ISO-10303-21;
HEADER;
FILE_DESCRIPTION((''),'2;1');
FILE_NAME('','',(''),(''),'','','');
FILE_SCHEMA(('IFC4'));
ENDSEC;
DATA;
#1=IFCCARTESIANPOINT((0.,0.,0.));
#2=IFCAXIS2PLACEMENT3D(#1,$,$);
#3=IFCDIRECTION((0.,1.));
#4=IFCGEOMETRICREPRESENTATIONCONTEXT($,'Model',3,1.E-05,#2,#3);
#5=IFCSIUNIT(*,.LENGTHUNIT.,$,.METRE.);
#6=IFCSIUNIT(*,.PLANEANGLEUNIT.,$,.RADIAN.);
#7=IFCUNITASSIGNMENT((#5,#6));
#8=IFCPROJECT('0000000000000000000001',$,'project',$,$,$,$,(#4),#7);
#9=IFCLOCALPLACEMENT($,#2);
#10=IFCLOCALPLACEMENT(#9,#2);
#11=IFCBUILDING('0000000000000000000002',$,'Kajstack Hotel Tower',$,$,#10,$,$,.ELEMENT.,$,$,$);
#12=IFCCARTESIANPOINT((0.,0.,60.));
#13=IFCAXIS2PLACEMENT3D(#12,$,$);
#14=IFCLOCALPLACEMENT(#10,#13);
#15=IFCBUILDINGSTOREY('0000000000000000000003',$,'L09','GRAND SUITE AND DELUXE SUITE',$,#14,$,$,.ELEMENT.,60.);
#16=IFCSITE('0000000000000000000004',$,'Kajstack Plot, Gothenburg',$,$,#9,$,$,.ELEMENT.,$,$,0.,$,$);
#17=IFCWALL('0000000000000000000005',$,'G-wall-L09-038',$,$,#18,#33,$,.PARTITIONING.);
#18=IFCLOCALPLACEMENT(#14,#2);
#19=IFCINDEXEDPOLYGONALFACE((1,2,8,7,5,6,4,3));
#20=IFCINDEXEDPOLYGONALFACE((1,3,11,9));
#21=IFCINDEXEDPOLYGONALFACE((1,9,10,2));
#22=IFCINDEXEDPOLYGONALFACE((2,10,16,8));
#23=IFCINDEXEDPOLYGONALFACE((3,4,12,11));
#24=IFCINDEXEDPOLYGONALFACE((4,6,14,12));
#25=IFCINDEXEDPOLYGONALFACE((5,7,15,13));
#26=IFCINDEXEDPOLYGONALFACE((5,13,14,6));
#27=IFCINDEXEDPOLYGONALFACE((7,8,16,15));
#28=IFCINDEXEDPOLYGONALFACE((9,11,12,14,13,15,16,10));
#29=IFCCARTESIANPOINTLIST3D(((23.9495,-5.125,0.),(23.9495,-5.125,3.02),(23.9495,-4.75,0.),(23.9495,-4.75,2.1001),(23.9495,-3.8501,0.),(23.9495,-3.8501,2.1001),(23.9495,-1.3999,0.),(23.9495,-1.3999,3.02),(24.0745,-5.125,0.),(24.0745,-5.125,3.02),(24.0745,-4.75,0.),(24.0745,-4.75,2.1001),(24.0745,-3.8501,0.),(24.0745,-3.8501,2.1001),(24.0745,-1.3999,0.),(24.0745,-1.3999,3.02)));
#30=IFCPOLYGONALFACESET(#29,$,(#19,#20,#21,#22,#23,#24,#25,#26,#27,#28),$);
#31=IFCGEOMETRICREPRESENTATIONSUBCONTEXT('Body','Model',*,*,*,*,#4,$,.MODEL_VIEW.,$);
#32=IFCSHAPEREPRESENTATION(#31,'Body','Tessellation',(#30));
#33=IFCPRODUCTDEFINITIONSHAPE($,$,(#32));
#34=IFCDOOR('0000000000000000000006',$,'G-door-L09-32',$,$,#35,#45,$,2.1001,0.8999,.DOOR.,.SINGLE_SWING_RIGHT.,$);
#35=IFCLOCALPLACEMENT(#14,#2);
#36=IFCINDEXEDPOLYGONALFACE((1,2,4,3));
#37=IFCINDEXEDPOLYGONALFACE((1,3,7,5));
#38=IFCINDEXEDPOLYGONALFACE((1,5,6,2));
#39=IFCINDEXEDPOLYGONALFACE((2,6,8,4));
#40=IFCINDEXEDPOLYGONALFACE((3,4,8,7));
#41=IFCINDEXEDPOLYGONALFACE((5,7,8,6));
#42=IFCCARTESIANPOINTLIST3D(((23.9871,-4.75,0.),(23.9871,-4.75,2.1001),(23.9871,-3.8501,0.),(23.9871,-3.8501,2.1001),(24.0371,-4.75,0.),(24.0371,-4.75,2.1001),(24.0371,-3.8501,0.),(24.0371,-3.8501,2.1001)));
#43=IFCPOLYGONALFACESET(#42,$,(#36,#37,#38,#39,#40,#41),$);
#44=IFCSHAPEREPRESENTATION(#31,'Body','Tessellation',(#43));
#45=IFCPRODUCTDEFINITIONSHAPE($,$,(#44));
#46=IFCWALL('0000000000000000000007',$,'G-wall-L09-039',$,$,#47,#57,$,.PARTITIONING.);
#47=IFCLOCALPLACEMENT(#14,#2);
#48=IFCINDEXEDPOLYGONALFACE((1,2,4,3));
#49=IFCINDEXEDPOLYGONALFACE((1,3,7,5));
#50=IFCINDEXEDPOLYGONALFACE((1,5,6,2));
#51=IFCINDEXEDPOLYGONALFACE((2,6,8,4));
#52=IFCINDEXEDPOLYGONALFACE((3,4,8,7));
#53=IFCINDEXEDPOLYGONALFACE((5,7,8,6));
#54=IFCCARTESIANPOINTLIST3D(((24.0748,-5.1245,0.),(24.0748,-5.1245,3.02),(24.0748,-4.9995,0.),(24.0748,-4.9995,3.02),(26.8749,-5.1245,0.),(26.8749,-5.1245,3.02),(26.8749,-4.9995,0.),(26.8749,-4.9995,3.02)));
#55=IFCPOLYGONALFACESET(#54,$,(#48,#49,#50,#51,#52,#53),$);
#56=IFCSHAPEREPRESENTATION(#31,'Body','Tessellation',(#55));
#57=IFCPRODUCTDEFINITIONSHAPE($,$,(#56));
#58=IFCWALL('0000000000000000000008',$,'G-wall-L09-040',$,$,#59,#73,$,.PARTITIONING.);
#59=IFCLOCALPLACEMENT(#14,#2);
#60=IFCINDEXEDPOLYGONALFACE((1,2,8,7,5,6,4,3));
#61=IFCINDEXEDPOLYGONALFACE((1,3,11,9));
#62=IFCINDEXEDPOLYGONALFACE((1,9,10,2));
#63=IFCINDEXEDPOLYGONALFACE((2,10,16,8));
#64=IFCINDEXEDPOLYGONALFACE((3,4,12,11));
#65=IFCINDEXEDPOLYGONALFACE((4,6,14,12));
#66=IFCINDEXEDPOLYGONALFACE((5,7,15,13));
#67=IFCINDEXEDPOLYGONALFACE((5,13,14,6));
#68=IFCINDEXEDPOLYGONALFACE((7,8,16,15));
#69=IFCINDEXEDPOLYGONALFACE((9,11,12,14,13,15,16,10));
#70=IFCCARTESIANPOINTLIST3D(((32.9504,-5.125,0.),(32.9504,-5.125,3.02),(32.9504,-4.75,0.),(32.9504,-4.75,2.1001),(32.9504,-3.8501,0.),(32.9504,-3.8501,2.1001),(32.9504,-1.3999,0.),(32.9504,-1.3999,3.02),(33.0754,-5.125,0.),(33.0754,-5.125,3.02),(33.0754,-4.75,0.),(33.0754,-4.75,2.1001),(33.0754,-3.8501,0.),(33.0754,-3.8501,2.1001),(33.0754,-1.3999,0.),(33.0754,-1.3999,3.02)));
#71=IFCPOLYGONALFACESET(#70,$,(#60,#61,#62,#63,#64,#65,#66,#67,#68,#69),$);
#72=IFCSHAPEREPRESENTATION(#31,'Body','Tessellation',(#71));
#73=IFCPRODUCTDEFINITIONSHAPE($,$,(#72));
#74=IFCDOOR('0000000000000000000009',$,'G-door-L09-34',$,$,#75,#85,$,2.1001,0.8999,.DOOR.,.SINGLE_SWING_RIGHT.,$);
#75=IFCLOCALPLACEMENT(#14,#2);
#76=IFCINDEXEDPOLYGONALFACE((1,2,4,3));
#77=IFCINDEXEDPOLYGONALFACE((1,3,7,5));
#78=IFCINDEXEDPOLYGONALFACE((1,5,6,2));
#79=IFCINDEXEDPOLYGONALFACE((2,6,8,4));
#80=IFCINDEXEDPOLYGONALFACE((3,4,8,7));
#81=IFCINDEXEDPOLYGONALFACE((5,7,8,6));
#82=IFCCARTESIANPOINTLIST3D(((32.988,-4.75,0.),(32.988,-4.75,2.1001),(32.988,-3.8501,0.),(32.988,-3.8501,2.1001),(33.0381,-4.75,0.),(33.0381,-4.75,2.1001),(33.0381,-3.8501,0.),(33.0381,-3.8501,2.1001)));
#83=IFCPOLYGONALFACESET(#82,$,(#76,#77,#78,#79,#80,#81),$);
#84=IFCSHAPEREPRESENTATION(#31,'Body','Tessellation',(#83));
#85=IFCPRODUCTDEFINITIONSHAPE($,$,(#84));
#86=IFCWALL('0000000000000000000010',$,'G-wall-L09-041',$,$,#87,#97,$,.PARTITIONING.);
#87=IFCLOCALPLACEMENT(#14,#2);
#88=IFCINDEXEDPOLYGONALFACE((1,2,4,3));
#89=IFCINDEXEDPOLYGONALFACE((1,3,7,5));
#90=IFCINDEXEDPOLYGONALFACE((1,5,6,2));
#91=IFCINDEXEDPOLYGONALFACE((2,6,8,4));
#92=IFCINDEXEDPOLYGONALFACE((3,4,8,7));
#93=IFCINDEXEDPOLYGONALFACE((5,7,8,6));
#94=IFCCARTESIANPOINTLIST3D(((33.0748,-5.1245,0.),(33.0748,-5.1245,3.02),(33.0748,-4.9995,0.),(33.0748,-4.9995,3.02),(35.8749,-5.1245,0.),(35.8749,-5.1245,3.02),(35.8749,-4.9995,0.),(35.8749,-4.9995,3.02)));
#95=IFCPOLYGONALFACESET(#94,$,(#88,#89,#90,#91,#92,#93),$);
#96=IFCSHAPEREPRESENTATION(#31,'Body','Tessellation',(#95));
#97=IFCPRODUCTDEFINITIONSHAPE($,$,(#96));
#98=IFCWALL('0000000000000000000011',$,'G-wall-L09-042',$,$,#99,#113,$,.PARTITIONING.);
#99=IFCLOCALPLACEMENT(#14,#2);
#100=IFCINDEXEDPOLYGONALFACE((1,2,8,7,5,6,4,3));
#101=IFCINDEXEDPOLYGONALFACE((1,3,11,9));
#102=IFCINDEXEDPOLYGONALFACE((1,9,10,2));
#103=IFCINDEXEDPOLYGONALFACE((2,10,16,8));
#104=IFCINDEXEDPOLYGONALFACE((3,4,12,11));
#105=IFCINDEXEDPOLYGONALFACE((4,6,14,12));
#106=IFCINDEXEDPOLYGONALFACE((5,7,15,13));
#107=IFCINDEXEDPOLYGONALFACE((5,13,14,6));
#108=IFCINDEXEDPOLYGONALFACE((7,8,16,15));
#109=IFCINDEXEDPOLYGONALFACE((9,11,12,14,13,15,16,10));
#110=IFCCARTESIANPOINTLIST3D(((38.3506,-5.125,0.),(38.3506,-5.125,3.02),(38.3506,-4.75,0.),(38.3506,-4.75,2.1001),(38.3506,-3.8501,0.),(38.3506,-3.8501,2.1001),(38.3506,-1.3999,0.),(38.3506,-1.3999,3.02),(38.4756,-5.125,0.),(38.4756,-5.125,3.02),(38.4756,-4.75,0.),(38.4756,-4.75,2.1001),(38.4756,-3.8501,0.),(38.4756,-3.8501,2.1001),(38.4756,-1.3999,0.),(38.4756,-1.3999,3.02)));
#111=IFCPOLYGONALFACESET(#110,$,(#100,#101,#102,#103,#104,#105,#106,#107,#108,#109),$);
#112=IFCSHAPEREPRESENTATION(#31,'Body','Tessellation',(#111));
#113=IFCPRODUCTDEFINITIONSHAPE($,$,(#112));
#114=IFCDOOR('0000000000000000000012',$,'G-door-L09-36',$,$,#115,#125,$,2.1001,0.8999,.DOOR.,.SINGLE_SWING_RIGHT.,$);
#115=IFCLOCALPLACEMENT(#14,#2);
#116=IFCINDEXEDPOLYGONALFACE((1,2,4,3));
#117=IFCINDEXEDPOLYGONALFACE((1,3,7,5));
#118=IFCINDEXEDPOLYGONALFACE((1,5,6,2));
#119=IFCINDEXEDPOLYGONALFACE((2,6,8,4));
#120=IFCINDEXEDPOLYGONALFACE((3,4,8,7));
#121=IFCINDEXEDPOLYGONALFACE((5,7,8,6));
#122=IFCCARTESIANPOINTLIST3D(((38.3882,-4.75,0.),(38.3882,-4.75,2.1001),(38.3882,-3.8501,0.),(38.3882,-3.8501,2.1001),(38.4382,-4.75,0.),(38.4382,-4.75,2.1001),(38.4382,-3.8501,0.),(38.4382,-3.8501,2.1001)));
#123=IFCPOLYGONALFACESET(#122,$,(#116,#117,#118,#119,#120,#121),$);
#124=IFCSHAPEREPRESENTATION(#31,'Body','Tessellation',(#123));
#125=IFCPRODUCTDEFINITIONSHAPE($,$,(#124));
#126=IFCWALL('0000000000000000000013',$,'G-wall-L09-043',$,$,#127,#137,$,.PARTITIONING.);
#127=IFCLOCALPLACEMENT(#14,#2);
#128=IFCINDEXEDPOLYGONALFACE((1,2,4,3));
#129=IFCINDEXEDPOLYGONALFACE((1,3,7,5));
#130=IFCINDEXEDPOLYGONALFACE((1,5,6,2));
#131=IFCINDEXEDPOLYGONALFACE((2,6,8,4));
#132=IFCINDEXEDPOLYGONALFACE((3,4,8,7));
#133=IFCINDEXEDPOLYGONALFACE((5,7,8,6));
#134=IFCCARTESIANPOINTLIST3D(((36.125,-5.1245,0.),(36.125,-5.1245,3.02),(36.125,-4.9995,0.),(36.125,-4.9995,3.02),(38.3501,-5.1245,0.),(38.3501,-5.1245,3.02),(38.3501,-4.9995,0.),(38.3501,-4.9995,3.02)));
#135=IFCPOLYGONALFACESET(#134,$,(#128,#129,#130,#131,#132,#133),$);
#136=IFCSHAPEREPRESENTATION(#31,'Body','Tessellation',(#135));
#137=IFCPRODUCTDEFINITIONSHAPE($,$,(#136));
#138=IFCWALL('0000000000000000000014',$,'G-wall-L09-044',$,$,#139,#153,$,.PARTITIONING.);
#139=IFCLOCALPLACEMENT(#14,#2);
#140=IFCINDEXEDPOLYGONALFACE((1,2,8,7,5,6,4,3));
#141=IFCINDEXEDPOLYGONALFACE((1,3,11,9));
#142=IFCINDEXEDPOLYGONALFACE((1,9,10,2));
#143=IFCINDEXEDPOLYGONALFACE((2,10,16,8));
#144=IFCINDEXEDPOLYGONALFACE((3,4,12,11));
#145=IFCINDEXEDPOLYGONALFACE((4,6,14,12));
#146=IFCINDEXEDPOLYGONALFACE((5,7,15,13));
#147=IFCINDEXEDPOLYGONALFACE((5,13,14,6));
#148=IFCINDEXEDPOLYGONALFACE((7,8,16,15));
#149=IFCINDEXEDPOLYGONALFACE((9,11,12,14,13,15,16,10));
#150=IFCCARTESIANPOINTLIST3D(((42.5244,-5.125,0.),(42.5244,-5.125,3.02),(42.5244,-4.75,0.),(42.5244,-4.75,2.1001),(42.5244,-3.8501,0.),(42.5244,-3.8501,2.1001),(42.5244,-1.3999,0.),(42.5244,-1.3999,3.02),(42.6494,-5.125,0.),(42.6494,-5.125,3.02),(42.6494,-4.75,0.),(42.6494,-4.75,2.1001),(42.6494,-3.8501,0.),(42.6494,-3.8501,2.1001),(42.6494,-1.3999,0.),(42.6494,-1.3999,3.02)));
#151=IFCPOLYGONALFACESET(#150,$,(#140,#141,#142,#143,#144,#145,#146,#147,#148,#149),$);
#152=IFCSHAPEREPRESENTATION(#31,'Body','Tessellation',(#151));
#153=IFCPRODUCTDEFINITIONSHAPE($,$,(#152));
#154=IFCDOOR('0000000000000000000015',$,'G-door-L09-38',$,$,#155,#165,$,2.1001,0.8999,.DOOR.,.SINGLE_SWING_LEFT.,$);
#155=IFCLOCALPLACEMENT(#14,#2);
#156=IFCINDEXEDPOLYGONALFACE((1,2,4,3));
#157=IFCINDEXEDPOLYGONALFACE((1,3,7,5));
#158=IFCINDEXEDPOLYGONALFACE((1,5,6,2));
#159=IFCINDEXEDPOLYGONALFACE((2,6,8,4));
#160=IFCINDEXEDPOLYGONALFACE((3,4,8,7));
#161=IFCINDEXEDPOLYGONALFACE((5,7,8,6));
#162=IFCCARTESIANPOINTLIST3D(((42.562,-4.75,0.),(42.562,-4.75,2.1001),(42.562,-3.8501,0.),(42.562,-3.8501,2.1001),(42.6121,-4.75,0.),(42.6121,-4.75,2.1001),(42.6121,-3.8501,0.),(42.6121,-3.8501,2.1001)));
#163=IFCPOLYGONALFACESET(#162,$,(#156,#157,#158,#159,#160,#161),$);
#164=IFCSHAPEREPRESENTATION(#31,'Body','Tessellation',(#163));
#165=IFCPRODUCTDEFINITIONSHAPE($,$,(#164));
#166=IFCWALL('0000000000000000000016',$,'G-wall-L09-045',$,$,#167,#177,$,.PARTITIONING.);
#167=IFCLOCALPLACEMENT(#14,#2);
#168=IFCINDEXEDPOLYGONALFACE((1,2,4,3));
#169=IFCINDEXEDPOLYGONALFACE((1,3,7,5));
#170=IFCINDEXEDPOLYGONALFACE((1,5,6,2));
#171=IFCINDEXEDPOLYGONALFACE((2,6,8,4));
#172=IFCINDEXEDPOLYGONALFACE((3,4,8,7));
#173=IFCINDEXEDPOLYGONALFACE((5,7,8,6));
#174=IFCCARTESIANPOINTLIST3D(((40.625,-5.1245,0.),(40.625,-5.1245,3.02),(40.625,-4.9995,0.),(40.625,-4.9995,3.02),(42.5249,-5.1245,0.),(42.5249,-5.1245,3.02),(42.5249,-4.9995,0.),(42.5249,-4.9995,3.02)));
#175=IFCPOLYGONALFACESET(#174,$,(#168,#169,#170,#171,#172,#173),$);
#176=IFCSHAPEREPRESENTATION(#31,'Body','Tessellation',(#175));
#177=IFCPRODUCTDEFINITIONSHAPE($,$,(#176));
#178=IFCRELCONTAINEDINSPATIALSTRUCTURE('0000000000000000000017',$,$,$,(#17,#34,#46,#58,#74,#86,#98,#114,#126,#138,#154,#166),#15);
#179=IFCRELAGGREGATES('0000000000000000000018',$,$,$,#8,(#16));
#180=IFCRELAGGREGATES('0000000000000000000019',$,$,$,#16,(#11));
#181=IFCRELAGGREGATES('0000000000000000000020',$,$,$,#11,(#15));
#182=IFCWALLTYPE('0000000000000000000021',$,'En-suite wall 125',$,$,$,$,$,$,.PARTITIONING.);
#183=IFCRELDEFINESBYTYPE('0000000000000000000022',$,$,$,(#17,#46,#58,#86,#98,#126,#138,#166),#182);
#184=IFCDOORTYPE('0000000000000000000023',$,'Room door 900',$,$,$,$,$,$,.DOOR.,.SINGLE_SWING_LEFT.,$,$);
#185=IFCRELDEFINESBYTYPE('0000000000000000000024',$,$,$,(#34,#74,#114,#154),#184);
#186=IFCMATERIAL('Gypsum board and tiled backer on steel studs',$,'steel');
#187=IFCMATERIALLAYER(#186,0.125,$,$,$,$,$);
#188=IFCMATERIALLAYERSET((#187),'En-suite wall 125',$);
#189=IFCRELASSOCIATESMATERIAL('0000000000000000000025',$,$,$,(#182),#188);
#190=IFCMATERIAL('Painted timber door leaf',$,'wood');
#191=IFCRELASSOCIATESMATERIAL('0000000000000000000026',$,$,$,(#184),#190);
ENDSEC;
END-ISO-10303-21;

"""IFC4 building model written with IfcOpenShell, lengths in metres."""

from ifc_helpers import new_model, si_unit, direction, frame, frame_2d, origin, place, context, subcontext, project, spatial, rectangle, extrude, material, layer, layer_set, type_object, element, fill, save


model = new_model("IFC4")

# Units and contexts
model_context = context("Model", 3, precision=1e-05, world=origin(), true_north=direction((0.0, 1.0)))
body_context = subcontext(model_context, "Body", "Model", "MODEL_VIEW")
ifc_project = project(units=[si_unit("LENGTHUNIT", "METRE"), si_unit("PLANEANGLEUNIT", "RADIAN")], contexts=[model_context])

# Site, building, storey
site_placement = place(None, origin())
site = spatial("IfcSite", under=ifc_project, at=site_placement, Name="Kajstack Plot, Gothenburg", CompositionType="ELEMENT", RefElevation=0.0)
building_placement = place(site_placement, origin())
building = spatial("IfcBuilding", under=site, at=building_placement, Name="Kajstack Hotel Tower", CompositionType="ELEMENT")
storey_placement = place(building_placement, frame((0.0, 0.0, 60.0)))
storey = spatial("IfcBuildingStorey", under=building, at=storey_placement, Name="L09", Description="GRAND SUITE AND DELUXE SUITE", CompositionType="ELEMENT", Elevation=60.0)

# Wall, opening, door
ifc_material_1 = material(Name="Gypsum board and tiled backer on steel studs", Category="steel")
ifc_layer_1 = layer(ifc_material_1, 0.125)
ifc_layer_set_1 = layer_set([ifc_layer_1], Name="En-suite wall 125")
wall_type_1 = type_object("IfcWallType", Name="En-suite wall 125", PredefinedType="PARTITIONING", material=ifc_layer_set_1)
wall_1_placement = place(storey_placement, frame((24.012, -5.125, 0.0), z_axis=(0.0, 0.0, 1.0), x_axis=(0.0, 1.0, 0.0)))
wall_1 = element("IfcWall", 1, at=wall_1_placement, inside=storey, type_object=wall_type_1, Name="G-wall-L09-038", PredefinedType="PARTITIONING", context=body_context, shape_type="SweptSolid", body=[
    extrude(rectangle(XDim=3.7251, YDim=0.125, at=frame_2d((1.8625, 0.0))), origin(), (0.0, 0.0, 1.0), 3.02),
])
opening_1_placement = place(wall_1_placement, frame((0.375, 0.0, 0.0)))
opening_1 = element("IfcOpeningElement", 2, at=opening_1_placement, cuts=wall_1, PredefinedType="OPENING", context=body_context, shape_type="SweptSolid", body=[
    extrude(rectangle(XDim=0.8999, YDim=2.1001, at=frame_2d((0.45, 1.05))), frame((0.0, 0.0725, 0.0), z_axis=(0.0, -1.0, 0.0), x_axis=(1.0, 0.0, 0.0)), (0.0, 0.0, 1.0), 0.145),
])
ifc_material_2 = material(Name="Painted timber door leaf", Category="wood")
door_type_1 = type_object("IfcDoorType", Name="Room door 900", OperationType="SINGLE_SWING_LEFT", PredefinedType="DOOR", material=ifc_material_2)
door_1_placement = place(opening_1_placement, origin())
door_1 = element("IfcDoor", 3, at=door_1_placement, inside=storey, type_object=door_type_1, Name="G-door-L09-32", OperationType="SINGLE_SWING_RIGHT", OverallHeight=2.1001, OverallWidth=0.8999, PredefinedType="DOOR", context=body_context, shape_type="SweptSolid", body=[
    extrude(rectangle(XDim=0.8999, YDim=2.1001, at=frame_2d((0.45, 1.05))), frame((0.0, 0.0249, 0.0), z_axis=(0.0, -1.0, 0.0), x_axis=(1.0, 0.0, 0.0)), (0.0, 0.0, 1.0), 0.05),
])
fill(opening_1, door_1)

# Wall
wall_2_placement = place(storey_placement, frame((24.075, -5.062, 0.0), z_axis=(0.0, 0.0, 1.0), x_axis=(1.0, 0.0, 0.0)))
element("IfcWall", 4, at=wall_2_placement, inside=storey, type_object=wall_type_1, Name="G-wall-L09-039", PredefinedType="PARTITIONING", context=body_context, shape_type="SweptSolid", body=[
    extrude(rectangle(XDim=2.8, YDim=0.125, at=frame_2d((1.3999, 0.0))), origin(), (0.0, 0.0, 1.0), 3.02),
])

# Wall, opening, door
wall_3_placement = place(storey_placement, frame((33.0129, -5.125, 0.0), z_axis=(0.0, 0.0, 1.0), x_axis=(0.0, 1.0, 0.0)))
wall_3 = element("IfcWall", 5, at=wall_3_placement, inside=storey, type_object=wall_type_1, Name="G-wall-L09-040", PredefinedType="PARTITIONING", context=body_context, shape_type="SweptSolid", body=[
    extrude(rectangle(XDim=3.7251, YDim=0.125, at=frame_2d((1.8625, 0.0))), origin(), (0.0, 0.0, 1.0), 3.02),
])
opening_2_placement = place(wall_3_placement, frame((0.375, 0.0, 0.0)))
opening_2 = element("IfcOpeningElement", 6, at=opening_2_placement, cuts=wall_3, PredefinedType="OPENING", context=body_context, shape_type="SweptSolid", body=[
    extrude(rectangle(XDim=0.8999, YDim=2.1001, at=frame_2d((0.45, 1.05))), frame((0.0, 0.0725, 0.0), z_axis=(0.0, -1.0, 0.0), x_axis=(1.0, 0.0, 0.0)), (0.0, 0.0, 1.0), 0.145),
])
door_2_placement = place(opening_2_placement, origin())
door_2 = element("IfcDoor", 7, at=door_2_placement, inside=storey, type_object=door_type_1, Name="G-door-L09-34", OperationType="SINGLE_SWING_RIGHT", OverallHeight=2.1001, OverallWidth=0.8999, PredefinedType="DOOR", context=body_context, shape_type="SweptSolid", body=[
    extrude(rectangle(XDim=0.8999, YDim=2.1001, at=frame_2d((0.45, 1.05))), frame((0.0, 0.0249, 0.0), z_axis=(0.0, -1.0, 0.0), x_axis=(1.0, 0.0, 0.0)), (0.0, 0.0, 1.0), 0.05),
])
fill(opening_2, door_2)

# Wall
wall_4_placement = place(storey_placement, frame((33.075, -5.062, 0.0), z_axis=(0.0, 0.0, 1.0), x_axis=(1.0, 0.0, 0.0)))
element("IfcWall", 8, at=wall_4_placement, inside=storey, type_object=wall_type_1, Name="G-wall-L09-041", PredefinedType="PARTITIONING", context=body_context, shape_type="SweptSolid", body=[
    extrude(rectangle(XDim=2.8, YDim=0.125, at=frame_2d((1.3999, 0.0))), origin(), (0.0, 0.0, 1.0), 3.02),
])

# Wall, opening, door
wall_5_placement = place(storey_placement, frame((38.4131, -5.125, 0.0), z_axis=(0.0, 0.0, 1.0), x_axis=(0.0, 1.0, 0.0)))
wall_5 = element("IfcWall", 9, at=wall_5_placement, inside=storey, type_object=wall_type_1, Name="G-wall-L09-042", PredefinedType="PARTITIONING", context=body_context, shape_type="SweptSolid", body=[
    extrude(rectangle(XDim=3.7251, YDim=0.125, at=frame_2d((1.8625, 0.0))), origin(), (0.0, 0.0, 1.0), 3.02),
])
opening_3_placement = place(wall_5_placement, frame((0.375, 0.0, 0.0)))
opening_3 = element("IfcOpeningElement", 10, at=opening_3_placement, cuts=wall_5, PredefinedType="OPENING", context=body_context, shape_type="SweptSolid", body=[
    extrude(rectangle(XDim=0.8999, YDim=2.1001, at=frame_2d((0.45, 1.05))), frame((0.0, 0.0725, 0.0), z_axis=(0.0, -1.0, 0.0), x_axis=(1.0, 0.0, 0.0)), (0.0, 0.0, 1.0), 0.145),
])
door_3_placement = place(opening_3_placement, origin())
door_3 = element("IfcDoor", 11, at=door_3_placement, inside=storey, type_object=door_type_1, Name="G-door-L09-36", OperationType="SINGLE_SWING_RIGHT", OverallHeight=2.1001, OverallWidth=0.8999, PredefinedType="DOOR", context=body_context, shape_type="SweptSolid", body=[
    extrude(rectangle(XDim=0.8999, YDim=2.1001, at=frame_2d((0.45, 1.05))), frame((0.0, 0.0249, 0.0), z_axis=(0.0, -1.0, 0.0), x_axis=(1.0, 0.0, 0.0)), (0.0, 0.0, 1.0), 0.05),
])
fill(opening_3, door_3)

# Wall
wall_6_placement = place(storey_placement, frame((36.125, -5.062, 0.0), z_axis=(0.0, 0.0, 1.0), x_axis=(1.0, 0.0, 0.0)))
element("IfcWall", 12, at=wall_6_placement, inside=storey, type_object=wall_type_1, Name="G-wall-L09-043", PredefinedType="PARTITIONING", context=body_context, shape_type="SweptSolid", body=[
    extrude(rectangle(XDim=2.2251, YDim=0.125, at=frame_2d((1.1125, 0.0))), origin(), (0.0, 0.0, 1.0), 3.02),
])

# Wall, opening, door
wall_7_placement = place(storey_placement, frame((42.5869, -5.125, 0.0), z_axis=(0.0, 0.0, 1.0), x_axis=(0.0, 1.0, 0.0)))
wall_7 = element("IfcWall", 13, at=wall_7_placement, inside=storey, type_object=wall_type_1, Name="G-wall-L09-044", PredefinedType="PARTITIONING", context=body_context, shape_type="SweptSolid", body=[
    extrude(rectangle(XDim=3.7251, YDim=0.125, at=frame_2d((1.8625, 0.0))), origin(), (0.0, 0.0, 1.0), 3.02),
])
opening_4_placement = place(wall_7_placement, frame((0.375, 0.0, 0.0)))
opening_4 = element("IfcOpeningElement", 14, at=opening_4_placement, cuts=wall_7, PredefinedType="OPENING", context=body_context, shape_type="SweptSolid", body=[
    extrude(rectangle(XDim=0.8999, YDim=2.1001, at=frame_2d((0.45, 1.05))), frame((0.0, 0.0725, 0.0), z_axis=(0.0, -1.0, 0.0), x_axis=(1.0, 0.0, 0.0)), (0.0, 0.0, 1.0), 0.145),
])
door_4_placement = place(opening_4_placement, origin())
door_4 = element("IfcDoor", 15, at=door_4_placement, inside=storey, type_object=door_type_1, Name="G-door-L09-38", OperationType="SINGLE_SWING_LEFT", OverallHeight=2.1001, OverallWidth=0.8999, PredefinedType="DOOR", context=body_context, shape_type="SweptSolid", body=[
    extrude(rectangle(XDim=0.8999, YDim=2.1001, at=frame_2d((0.45, 1.05))), frame((0.0, 0.0249, 0.0), z_axis=(0.0, -1.0, 0.0), x_axis=(1.0, 0.0, 0.0)), (0.0, 0.0, 1.0), 0.05),
])
fill(opening_4, door_4)

# Wall
wall_8_placement = place(storey_placement, frame((40.625, -5.062, 0.0), z_axis=(0.0, 0.0, 1.0), x_axis=(1.0, 0.0, 0.0)))
element("IfcWall", 16, at=wall_8_placement, inside=storey, type_object=wall_type_1, Name="G-wall-L09-045", PredefinedType="PARTITIONING", context=body_context, shape_type="SweptSolid", body=[
    extrude(rectangle(XDim=1.8999, YDim=0.125, at=frame_2d((0.95, 0.0))), origin(), (0.0, 0.0, 1.0), 3.02),
])

save(model, "model.ifc")
